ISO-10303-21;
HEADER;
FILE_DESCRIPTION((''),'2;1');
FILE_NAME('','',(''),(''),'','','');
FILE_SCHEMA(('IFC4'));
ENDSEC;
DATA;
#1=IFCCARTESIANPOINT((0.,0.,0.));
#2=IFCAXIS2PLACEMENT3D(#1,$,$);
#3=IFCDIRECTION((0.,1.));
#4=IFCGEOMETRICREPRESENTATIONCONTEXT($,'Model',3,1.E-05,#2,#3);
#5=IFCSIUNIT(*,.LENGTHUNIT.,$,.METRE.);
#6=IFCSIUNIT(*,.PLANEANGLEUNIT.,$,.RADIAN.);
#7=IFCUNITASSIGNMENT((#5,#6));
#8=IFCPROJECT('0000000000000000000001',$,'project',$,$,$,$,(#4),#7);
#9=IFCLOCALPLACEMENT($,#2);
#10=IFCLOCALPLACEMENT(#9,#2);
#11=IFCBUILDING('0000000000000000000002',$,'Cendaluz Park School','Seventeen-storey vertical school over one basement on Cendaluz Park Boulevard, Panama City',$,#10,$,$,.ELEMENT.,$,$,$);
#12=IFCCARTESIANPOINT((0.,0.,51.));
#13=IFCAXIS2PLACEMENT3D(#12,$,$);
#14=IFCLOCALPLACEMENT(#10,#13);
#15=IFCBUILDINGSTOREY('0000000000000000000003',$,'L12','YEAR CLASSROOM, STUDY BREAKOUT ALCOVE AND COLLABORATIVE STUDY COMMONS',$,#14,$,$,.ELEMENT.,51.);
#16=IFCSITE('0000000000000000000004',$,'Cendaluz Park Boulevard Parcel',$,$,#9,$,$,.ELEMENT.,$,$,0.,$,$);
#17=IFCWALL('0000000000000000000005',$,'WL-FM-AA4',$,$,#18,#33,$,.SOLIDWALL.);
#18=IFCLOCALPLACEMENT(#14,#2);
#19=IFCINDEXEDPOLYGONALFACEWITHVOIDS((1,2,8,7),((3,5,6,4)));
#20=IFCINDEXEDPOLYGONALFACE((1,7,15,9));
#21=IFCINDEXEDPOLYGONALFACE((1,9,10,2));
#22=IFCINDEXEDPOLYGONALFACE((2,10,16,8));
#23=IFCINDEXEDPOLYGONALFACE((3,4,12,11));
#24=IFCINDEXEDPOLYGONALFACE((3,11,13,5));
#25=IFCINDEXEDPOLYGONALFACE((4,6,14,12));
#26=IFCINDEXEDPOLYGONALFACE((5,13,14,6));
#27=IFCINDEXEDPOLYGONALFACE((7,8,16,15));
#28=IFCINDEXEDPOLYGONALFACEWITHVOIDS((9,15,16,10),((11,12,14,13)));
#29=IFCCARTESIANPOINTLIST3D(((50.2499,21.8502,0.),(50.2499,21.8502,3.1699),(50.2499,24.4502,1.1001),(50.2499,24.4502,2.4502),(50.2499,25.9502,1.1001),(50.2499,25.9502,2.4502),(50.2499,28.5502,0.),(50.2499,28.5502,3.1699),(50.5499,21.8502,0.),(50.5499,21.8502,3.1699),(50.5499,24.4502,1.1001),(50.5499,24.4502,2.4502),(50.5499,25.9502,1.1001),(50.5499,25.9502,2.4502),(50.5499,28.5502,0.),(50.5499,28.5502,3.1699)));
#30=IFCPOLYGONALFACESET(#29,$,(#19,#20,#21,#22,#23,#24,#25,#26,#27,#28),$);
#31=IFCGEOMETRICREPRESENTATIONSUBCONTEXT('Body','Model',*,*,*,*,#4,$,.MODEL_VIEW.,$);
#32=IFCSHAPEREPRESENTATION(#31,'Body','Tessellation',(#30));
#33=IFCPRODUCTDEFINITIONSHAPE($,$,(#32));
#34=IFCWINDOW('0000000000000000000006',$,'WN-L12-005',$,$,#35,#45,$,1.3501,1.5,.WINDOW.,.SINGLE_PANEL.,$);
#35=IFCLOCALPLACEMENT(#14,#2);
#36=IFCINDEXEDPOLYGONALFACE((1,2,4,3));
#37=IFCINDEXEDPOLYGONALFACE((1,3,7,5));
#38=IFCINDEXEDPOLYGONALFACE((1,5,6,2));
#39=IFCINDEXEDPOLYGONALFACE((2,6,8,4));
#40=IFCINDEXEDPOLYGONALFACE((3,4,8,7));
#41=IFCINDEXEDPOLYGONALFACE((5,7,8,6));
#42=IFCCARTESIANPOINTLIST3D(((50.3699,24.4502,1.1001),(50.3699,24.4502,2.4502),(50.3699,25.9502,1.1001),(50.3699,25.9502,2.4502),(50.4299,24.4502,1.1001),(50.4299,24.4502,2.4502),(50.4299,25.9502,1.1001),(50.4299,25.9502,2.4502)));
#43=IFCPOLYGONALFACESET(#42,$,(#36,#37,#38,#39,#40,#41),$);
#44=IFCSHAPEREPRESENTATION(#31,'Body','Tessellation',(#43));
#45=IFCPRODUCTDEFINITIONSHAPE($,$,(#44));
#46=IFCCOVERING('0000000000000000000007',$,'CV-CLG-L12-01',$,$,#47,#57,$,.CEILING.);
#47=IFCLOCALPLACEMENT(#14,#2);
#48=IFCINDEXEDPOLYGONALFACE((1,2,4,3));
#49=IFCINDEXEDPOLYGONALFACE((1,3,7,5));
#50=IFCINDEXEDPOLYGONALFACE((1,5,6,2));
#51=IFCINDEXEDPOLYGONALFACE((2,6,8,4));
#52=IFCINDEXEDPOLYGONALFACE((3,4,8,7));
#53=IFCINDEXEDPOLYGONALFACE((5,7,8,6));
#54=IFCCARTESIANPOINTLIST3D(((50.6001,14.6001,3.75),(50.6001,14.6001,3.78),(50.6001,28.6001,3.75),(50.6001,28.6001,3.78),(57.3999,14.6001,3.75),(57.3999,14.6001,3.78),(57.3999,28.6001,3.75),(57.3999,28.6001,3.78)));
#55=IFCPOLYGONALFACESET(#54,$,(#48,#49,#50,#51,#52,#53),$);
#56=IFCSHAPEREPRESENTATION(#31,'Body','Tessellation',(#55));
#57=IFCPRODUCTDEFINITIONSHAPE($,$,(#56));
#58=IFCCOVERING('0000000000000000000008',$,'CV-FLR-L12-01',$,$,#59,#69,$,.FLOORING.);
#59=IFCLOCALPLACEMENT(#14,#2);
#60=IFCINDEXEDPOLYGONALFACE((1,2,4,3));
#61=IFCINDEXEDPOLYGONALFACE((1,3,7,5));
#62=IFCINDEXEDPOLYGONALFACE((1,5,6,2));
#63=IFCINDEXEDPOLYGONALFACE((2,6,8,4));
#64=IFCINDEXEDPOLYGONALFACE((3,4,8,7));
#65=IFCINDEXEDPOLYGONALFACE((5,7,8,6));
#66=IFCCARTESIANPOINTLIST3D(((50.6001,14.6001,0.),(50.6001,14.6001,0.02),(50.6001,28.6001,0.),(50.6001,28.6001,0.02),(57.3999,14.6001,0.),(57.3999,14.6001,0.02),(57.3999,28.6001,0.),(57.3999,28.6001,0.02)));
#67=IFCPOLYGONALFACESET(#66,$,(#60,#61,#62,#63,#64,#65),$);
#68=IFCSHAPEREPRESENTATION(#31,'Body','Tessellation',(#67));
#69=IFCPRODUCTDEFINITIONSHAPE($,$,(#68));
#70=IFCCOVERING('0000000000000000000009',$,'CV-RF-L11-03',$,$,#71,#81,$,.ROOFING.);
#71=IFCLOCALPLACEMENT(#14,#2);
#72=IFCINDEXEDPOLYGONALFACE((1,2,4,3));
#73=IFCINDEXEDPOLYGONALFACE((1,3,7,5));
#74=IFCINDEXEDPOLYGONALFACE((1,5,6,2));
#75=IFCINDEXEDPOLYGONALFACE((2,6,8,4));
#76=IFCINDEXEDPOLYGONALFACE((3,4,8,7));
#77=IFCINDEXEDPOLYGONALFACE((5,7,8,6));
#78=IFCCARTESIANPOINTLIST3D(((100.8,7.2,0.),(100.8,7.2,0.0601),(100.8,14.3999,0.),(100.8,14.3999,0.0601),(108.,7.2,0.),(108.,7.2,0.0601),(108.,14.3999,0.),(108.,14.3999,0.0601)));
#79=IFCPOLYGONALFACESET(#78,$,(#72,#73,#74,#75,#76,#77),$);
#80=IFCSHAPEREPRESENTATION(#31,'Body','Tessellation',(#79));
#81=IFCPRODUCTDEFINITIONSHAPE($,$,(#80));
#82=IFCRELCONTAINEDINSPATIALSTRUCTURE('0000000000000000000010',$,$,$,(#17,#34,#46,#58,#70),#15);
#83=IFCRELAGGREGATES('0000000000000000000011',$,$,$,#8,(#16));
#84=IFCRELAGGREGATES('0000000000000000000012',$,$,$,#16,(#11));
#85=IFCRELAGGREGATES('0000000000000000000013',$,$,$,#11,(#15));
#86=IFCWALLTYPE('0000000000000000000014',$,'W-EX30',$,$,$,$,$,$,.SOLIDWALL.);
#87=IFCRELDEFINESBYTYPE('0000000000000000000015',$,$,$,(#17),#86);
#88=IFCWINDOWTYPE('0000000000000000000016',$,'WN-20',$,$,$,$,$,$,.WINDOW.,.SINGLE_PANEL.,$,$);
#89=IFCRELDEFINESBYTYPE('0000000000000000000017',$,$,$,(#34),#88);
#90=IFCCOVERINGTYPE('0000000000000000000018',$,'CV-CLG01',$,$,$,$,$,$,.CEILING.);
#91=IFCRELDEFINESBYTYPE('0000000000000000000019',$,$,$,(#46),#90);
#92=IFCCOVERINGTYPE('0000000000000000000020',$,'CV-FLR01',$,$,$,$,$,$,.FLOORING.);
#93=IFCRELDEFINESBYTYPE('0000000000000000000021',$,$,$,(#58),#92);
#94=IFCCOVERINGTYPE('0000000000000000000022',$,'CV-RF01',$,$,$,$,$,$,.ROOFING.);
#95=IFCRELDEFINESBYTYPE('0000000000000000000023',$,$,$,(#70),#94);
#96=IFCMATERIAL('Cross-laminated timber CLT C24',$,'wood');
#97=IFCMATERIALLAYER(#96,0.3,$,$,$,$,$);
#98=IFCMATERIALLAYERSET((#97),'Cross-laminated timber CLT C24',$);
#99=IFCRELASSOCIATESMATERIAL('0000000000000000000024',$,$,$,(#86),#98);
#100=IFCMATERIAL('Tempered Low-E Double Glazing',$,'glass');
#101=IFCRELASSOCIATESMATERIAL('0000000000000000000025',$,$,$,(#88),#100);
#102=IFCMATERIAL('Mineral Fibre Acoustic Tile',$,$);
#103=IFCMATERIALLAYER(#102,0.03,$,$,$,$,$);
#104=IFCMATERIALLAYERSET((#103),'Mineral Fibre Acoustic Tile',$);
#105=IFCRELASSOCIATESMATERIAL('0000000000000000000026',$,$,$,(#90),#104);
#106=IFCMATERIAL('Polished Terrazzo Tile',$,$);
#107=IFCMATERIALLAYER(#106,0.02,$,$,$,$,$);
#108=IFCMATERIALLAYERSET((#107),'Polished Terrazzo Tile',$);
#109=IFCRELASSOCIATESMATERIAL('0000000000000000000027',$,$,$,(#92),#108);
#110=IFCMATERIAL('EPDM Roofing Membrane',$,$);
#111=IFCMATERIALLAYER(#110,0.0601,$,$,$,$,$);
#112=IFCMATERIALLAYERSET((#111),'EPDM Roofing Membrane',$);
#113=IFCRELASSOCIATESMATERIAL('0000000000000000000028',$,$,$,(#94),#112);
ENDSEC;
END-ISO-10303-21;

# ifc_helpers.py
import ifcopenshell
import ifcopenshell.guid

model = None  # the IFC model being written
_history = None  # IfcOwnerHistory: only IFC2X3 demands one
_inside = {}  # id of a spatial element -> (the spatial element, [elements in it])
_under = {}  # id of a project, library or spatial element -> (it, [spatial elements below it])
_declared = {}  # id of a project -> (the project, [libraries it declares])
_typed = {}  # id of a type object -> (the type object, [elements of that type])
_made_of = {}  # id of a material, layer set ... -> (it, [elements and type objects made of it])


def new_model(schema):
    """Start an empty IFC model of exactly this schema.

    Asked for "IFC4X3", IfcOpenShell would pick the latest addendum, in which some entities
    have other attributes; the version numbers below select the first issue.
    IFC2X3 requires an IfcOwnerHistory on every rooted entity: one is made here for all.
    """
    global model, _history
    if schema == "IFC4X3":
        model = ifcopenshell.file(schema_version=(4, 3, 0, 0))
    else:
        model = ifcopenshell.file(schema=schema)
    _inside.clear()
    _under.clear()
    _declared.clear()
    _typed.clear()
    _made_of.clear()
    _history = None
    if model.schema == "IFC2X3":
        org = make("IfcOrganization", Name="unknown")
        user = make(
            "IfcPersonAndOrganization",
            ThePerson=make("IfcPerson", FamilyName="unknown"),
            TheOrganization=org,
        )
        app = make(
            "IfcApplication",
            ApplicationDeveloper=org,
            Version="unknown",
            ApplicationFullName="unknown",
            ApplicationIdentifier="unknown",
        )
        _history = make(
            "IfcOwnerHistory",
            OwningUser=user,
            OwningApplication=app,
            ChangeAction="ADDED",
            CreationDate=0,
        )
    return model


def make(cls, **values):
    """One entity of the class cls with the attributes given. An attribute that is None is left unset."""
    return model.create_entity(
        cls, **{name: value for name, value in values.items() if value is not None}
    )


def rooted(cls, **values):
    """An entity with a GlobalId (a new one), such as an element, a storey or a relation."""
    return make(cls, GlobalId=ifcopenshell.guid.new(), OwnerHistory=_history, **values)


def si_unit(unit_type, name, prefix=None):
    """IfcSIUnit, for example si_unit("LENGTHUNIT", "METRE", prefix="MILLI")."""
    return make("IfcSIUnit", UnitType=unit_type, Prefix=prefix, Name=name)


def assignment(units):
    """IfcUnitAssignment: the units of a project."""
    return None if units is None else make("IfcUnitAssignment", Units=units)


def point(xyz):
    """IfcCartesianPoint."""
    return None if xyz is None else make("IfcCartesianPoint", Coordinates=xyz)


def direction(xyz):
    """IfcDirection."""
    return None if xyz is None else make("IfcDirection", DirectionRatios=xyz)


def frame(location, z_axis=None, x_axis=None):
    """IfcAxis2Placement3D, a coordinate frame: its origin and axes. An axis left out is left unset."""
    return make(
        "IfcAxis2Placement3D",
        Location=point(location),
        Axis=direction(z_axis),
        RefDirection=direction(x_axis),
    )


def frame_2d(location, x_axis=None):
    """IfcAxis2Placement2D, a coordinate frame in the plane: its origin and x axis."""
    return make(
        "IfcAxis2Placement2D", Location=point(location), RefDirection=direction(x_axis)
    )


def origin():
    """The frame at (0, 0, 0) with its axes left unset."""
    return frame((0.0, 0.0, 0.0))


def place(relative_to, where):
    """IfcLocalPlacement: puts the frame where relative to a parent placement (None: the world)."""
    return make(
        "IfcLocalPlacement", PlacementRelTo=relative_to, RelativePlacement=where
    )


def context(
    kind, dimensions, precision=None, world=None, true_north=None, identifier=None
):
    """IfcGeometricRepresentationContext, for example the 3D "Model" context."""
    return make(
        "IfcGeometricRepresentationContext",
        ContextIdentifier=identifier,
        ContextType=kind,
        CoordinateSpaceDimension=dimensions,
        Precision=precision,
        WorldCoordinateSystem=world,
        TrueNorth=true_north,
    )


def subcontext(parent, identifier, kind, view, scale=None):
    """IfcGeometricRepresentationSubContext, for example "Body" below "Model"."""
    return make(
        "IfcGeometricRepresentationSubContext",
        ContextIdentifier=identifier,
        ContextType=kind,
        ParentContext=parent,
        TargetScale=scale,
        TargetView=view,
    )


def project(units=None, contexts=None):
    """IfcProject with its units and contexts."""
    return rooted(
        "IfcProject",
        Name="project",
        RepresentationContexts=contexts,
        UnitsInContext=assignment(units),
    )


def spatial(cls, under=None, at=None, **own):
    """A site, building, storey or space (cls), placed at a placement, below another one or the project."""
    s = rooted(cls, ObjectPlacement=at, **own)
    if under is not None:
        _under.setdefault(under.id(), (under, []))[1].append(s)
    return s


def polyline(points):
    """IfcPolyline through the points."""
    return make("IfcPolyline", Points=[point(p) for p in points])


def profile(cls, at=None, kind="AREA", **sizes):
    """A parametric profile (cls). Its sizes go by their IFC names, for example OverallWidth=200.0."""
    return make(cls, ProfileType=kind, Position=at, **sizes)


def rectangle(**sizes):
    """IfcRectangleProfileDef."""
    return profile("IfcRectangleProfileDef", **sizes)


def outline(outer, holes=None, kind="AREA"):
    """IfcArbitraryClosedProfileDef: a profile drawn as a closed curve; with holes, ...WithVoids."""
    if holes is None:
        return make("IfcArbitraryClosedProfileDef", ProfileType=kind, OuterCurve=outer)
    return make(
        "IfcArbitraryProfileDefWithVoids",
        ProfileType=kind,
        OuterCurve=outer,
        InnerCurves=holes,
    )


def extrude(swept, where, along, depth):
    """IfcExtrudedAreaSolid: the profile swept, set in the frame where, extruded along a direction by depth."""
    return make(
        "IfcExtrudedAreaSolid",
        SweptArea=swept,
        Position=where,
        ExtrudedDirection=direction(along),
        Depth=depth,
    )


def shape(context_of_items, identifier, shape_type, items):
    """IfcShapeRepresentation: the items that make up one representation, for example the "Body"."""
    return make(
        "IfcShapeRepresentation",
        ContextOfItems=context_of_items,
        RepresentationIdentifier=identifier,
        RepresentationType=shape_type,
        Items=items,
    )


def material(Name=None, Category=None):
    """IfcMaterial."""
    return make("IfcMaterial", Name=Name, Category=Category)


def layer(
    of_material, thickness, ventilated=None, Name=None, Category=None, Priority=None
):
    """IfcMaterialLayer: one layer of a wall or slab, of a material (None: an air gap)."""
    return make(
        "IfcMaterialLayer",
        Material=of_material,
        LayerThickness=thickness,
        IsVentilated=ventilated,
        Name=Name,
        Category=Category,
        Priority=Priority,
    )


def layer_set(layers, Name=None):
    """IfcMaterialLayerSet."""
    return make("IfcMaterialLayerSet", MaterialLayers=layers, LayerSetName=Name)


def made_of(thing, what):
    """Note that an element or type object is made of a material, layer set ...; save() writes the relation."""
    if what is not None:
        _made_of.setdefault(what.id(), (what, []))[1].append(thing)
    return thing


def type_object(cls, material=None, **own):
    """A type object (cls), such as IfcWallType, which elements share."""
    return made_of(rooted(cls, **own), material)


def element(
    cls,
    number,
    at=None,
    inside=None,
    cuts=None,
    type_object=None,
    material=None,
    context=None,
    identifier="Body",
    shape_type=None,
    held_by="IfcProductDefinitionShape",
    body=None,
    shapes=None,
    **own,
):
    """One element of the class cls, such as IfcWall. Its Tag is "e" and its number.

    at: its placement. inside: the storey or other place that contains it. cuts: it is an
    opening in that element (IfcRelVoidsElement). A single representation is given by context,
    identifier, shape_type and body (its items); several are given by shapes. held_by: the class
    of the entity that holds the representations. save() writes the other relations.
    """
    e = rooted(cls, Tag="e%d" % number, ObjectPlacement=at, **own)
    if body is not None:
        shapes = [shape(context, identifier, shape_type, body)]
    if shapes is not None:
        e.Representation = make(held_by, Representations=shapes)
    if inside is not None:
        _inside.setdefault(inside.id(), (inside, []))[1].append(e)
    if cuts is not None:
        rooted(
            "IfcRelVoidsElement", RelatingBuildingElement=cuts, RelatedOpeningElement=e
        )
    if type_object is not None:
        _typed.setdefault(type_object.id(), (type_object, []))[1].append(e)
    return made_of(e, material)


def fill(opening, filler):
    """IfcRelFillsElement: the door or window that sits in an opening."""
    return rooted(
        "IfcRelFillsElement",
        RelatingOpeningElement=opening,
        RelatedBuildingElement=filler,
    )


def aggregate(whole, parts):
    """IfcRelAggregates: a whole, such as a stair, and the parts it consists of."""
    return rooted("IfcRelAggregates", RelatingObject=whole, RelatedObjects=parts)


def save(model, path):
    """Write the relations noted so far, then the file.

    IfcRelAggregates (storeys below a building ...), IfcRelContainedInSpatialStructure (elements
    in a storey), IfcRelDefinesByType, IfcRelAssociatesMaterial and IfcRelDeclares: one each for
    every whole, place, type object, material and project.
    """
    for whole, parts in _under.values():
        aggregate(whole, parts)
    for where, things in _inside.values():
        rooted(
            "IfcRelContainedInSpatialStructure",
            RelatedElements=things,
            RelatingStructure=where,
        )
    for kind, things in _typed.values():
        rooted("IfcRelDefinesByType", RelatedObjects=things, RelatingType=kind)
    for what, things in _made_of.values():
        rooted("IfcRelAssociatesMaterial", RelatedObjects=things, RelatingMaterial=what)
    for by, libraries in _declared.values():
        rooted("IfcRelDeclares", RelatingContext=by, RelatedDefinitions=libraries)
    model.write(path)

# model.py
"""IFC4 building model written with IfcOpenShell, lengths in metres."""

from ifc_helpers import new_model, si_unit, direction, frame, frame_2d, origin, place, context, subcontext, project, spatial, polyline, rectangle, outline, extrude, material, layer, layer_set, type_object, element, fill, save


model = new_model("IFC4")

# Units and contexts
model_context = context("Model", 3, precision=1e-05, world=origin(), true_north=direction((0.0, 1.0)))
body_context = subcontext(model_context, "Body", "Model", "MODEL_VIEW")
ifc_project = project(units=[si_unit("LENGTHUNIT", "METRE"), si_unit("PLANEANGLEUNIT", "RADIAN")], contexts=[model_context])

# Site, building, storey
site_placement = place(None, origin())
site = spatial("IfcSite", under=ifc_project, at=site_placement, Name="Cendaluz Park Boulevard Parcel", CompositionType="ELEMENT", RefElevation=0.0)
building_placement = place(site_placement, origin())
building = spatial("IfcBuilding", under=site, at=building_placement, Name="Cendaluz Park School", Description="Seventeen-storey vertical school over one basement on Cendaluz Park Boulevard, Panama City", CompositionType="ELEMENT")
storey_placement = place(building_placement, frame((0.0, 0.0, 51.0)))
storey = spatial("IfcBuildingStorey", under=building, at=storey_placement, Name="L12", Description="YEAR CLASSROOM, STUDY BREAKOUT ALCOVE AND COLLABORATIVE STUDY COMMONS", CompositionType="ELEMENT", Elevation=51.0)

# Shared definitions
ifc_material_1 = material(Name="Cross-laminated timber CLT C24", Category="wood")

# Wall, opening, window
ifc_layer_1 = layer(ifc_material_1, 0.3)
ifc_layer_set_1 = layer_set([ifc_layer_1], Name="Cross-laminated timber CLT C24")
wall_type = type_object("IfcWallType", Name="W-EX30", PredefinedType="SOLIDWALL", material=ifc_layer_set_1)
ifc_material_2 = material(Name="Tempered Low-E Double Glazing", Category="glass")
window_type = type_object("IfcWindowType", Name="WN-20", PartitioningType="SINGLE_PANEL", PredefinedType="WINDOW", material=ifc_material_2)
wall_1_placement = place(storey_placement, frame((50.3999, 21.8501, 0.0), z_axis=(0.0, 0.0, 1.0), x_axis=(0.0, 1.0, 0.0)))
wall_1 = element("IfcWall", 1, at=wall_1_placement, inside=storey, type_object=wall_type, Name="WL-FM-AA4", PredefinedType="SOLIDWALL", context=body_context, shape_type="SweptSolid", body=[
    extrude(rectangle(XDim=6.7, YDim=0.3, at=frame_2d((3.3501, 0.0))), origin(), (0.0, 0.0, 1.0), 3.1699),
])
opening_1_placement = place(wall_1_placement, frame((2.6001, 0.0, 1.1001)))
opening_1 = element("IfcOpeningElement", 2, at=opening_1_placement, cuts=wall_1, PredefinedType="OPENING", context=body_context, shape_type="SweptSolid", body=[
    extrude(rectangle(XDim=1.5, YDim=1.3501, at=frame_2d((0.75, 0.675))), frame((0.0, 0.1621, 0.0), z_axis=(0.0, -1.0, 0.0), x_axis=(1.0, 0.0, 0.0)), (0.0, 0.0, 1.0), 0.324),
])
window_1_placement = place(opening_1_placement, origin())
window_1 = element("IfcWindow", 3, at=window_1_placement, inside=storey, type_object=window_type, Name="WN-L12-005", OverallHeight=1.3501, OverallWidth=1.5, PartitioningType="SINGLE_PANEL", PredefinedType="WINDOW", context=body_context, shape_type="SweptSolid", body=[
    extrude(rectangle(XDim=1.5, YDim=1.3501, at=frame_2d((0.75, 0.675))), frame((0.0, 0.03, 0.0), z_axis=(0.0, -1.0, 0.0), x_axis=(1.0, 0.0, 0.0)), (0.0, 0.0, 1.0), 0.0601),
])
fill(opening_1, window_1)

# Coverings
ifc_material_3 = material(Name="Mineral Fibre Acoustic Tile")
ifc_layer_2 = layer(ifc_material_3, 0.03)
ifc_layer_set_2 = layer_set([ifc_layer_2], Name="Mineral Fibre Acoustic Tile")
covering_type_1 = type_object("IfcCoveringType", Name="CV-CLG01", PredefinedType="CEILING", material=ifc_layer_set_2)
covering_1_placement = place(storey_placement, frame((0.0, 0.0, 3.75)))
element("IfcCovering", 4, at=covering_1_placement, inside=storey, type_object=covering_type_1, Name="CV-CLG-L12-01", PredefinedType="CEILING", context=body_context, shape_type="SweptSolid", body=[
    extrude(outline(polyline([(50.6001, 14.6001), (57.3999, 14.6001), (57.3999, 28.6001), (50.6001, 28.6001), (50.6001, 14.6001)])), origin(), (0.0, 0.0, 1.0), 0.03),
])
ifc_material_4 = material(Name="Polished Terrazzo Tile")
ifc_layer_3 = layer(ifc_material_4, 0.02)
ifc_layer_set_3 = layer_set([ifc_layer_3], Name="Polished Terrazzo Tile")
covering_type_2 = type_object("IfcCoveringType", Name="CV-FLR01", PredefinedType="FLOORING", material=ifc_layer_set_3)
covering_2_placement = place(storey_placement, origin())
element("IfcCovering", 5, at=covering_2_placement, inside=storey, type_object=covering_type_2, Name="CV-FLR-L12-01", PredefinedType="FLOORING", context=body_context, shape_type="SweptSolid", body=[
    extrude(outline(polyline([(50.6001, 14.6001), (57.3999, 14.6001), (57.3999, 28.6001), (50.6001, 28.6001), (50.6001, 14.6001)])), origin(), (0.0, 0.0, 1.0), 0.02),
])
ifc_material_5 = material(Name="EPDM Roofing Membrane")
ifc_layer_4 = layer(ifc_material_5, 0.0601)
ifc_layer_set_4 = layer_set([ifc_layer_4], Name="EPDM Roofing Membrane")
covering_type_3 = type_object("IfcCoveringType", Name="CV-RF01", PredefinedType="ROOFING", material=ifc_layer_set_4)
covering_3_placement = place(storey_placement, origin())
element("IfcCovering", 6, at=covering_3_placement, inside=storey, type_object=covering_type_3, Name="CV-RF-L11-03", PredefinedType="ROOFING", context=body_context, shape_type="SweptSolid", body=[
    extrude(outline(polyline([(108.0, 7.2), (108.0, 14.3999), (100.8, 14.3999), (100.8, 7.2), (108.0, 7.2)])), origin(), (0.0, 0.0, 1.0), 0.0601),
])

save(model, "model.ifc")
